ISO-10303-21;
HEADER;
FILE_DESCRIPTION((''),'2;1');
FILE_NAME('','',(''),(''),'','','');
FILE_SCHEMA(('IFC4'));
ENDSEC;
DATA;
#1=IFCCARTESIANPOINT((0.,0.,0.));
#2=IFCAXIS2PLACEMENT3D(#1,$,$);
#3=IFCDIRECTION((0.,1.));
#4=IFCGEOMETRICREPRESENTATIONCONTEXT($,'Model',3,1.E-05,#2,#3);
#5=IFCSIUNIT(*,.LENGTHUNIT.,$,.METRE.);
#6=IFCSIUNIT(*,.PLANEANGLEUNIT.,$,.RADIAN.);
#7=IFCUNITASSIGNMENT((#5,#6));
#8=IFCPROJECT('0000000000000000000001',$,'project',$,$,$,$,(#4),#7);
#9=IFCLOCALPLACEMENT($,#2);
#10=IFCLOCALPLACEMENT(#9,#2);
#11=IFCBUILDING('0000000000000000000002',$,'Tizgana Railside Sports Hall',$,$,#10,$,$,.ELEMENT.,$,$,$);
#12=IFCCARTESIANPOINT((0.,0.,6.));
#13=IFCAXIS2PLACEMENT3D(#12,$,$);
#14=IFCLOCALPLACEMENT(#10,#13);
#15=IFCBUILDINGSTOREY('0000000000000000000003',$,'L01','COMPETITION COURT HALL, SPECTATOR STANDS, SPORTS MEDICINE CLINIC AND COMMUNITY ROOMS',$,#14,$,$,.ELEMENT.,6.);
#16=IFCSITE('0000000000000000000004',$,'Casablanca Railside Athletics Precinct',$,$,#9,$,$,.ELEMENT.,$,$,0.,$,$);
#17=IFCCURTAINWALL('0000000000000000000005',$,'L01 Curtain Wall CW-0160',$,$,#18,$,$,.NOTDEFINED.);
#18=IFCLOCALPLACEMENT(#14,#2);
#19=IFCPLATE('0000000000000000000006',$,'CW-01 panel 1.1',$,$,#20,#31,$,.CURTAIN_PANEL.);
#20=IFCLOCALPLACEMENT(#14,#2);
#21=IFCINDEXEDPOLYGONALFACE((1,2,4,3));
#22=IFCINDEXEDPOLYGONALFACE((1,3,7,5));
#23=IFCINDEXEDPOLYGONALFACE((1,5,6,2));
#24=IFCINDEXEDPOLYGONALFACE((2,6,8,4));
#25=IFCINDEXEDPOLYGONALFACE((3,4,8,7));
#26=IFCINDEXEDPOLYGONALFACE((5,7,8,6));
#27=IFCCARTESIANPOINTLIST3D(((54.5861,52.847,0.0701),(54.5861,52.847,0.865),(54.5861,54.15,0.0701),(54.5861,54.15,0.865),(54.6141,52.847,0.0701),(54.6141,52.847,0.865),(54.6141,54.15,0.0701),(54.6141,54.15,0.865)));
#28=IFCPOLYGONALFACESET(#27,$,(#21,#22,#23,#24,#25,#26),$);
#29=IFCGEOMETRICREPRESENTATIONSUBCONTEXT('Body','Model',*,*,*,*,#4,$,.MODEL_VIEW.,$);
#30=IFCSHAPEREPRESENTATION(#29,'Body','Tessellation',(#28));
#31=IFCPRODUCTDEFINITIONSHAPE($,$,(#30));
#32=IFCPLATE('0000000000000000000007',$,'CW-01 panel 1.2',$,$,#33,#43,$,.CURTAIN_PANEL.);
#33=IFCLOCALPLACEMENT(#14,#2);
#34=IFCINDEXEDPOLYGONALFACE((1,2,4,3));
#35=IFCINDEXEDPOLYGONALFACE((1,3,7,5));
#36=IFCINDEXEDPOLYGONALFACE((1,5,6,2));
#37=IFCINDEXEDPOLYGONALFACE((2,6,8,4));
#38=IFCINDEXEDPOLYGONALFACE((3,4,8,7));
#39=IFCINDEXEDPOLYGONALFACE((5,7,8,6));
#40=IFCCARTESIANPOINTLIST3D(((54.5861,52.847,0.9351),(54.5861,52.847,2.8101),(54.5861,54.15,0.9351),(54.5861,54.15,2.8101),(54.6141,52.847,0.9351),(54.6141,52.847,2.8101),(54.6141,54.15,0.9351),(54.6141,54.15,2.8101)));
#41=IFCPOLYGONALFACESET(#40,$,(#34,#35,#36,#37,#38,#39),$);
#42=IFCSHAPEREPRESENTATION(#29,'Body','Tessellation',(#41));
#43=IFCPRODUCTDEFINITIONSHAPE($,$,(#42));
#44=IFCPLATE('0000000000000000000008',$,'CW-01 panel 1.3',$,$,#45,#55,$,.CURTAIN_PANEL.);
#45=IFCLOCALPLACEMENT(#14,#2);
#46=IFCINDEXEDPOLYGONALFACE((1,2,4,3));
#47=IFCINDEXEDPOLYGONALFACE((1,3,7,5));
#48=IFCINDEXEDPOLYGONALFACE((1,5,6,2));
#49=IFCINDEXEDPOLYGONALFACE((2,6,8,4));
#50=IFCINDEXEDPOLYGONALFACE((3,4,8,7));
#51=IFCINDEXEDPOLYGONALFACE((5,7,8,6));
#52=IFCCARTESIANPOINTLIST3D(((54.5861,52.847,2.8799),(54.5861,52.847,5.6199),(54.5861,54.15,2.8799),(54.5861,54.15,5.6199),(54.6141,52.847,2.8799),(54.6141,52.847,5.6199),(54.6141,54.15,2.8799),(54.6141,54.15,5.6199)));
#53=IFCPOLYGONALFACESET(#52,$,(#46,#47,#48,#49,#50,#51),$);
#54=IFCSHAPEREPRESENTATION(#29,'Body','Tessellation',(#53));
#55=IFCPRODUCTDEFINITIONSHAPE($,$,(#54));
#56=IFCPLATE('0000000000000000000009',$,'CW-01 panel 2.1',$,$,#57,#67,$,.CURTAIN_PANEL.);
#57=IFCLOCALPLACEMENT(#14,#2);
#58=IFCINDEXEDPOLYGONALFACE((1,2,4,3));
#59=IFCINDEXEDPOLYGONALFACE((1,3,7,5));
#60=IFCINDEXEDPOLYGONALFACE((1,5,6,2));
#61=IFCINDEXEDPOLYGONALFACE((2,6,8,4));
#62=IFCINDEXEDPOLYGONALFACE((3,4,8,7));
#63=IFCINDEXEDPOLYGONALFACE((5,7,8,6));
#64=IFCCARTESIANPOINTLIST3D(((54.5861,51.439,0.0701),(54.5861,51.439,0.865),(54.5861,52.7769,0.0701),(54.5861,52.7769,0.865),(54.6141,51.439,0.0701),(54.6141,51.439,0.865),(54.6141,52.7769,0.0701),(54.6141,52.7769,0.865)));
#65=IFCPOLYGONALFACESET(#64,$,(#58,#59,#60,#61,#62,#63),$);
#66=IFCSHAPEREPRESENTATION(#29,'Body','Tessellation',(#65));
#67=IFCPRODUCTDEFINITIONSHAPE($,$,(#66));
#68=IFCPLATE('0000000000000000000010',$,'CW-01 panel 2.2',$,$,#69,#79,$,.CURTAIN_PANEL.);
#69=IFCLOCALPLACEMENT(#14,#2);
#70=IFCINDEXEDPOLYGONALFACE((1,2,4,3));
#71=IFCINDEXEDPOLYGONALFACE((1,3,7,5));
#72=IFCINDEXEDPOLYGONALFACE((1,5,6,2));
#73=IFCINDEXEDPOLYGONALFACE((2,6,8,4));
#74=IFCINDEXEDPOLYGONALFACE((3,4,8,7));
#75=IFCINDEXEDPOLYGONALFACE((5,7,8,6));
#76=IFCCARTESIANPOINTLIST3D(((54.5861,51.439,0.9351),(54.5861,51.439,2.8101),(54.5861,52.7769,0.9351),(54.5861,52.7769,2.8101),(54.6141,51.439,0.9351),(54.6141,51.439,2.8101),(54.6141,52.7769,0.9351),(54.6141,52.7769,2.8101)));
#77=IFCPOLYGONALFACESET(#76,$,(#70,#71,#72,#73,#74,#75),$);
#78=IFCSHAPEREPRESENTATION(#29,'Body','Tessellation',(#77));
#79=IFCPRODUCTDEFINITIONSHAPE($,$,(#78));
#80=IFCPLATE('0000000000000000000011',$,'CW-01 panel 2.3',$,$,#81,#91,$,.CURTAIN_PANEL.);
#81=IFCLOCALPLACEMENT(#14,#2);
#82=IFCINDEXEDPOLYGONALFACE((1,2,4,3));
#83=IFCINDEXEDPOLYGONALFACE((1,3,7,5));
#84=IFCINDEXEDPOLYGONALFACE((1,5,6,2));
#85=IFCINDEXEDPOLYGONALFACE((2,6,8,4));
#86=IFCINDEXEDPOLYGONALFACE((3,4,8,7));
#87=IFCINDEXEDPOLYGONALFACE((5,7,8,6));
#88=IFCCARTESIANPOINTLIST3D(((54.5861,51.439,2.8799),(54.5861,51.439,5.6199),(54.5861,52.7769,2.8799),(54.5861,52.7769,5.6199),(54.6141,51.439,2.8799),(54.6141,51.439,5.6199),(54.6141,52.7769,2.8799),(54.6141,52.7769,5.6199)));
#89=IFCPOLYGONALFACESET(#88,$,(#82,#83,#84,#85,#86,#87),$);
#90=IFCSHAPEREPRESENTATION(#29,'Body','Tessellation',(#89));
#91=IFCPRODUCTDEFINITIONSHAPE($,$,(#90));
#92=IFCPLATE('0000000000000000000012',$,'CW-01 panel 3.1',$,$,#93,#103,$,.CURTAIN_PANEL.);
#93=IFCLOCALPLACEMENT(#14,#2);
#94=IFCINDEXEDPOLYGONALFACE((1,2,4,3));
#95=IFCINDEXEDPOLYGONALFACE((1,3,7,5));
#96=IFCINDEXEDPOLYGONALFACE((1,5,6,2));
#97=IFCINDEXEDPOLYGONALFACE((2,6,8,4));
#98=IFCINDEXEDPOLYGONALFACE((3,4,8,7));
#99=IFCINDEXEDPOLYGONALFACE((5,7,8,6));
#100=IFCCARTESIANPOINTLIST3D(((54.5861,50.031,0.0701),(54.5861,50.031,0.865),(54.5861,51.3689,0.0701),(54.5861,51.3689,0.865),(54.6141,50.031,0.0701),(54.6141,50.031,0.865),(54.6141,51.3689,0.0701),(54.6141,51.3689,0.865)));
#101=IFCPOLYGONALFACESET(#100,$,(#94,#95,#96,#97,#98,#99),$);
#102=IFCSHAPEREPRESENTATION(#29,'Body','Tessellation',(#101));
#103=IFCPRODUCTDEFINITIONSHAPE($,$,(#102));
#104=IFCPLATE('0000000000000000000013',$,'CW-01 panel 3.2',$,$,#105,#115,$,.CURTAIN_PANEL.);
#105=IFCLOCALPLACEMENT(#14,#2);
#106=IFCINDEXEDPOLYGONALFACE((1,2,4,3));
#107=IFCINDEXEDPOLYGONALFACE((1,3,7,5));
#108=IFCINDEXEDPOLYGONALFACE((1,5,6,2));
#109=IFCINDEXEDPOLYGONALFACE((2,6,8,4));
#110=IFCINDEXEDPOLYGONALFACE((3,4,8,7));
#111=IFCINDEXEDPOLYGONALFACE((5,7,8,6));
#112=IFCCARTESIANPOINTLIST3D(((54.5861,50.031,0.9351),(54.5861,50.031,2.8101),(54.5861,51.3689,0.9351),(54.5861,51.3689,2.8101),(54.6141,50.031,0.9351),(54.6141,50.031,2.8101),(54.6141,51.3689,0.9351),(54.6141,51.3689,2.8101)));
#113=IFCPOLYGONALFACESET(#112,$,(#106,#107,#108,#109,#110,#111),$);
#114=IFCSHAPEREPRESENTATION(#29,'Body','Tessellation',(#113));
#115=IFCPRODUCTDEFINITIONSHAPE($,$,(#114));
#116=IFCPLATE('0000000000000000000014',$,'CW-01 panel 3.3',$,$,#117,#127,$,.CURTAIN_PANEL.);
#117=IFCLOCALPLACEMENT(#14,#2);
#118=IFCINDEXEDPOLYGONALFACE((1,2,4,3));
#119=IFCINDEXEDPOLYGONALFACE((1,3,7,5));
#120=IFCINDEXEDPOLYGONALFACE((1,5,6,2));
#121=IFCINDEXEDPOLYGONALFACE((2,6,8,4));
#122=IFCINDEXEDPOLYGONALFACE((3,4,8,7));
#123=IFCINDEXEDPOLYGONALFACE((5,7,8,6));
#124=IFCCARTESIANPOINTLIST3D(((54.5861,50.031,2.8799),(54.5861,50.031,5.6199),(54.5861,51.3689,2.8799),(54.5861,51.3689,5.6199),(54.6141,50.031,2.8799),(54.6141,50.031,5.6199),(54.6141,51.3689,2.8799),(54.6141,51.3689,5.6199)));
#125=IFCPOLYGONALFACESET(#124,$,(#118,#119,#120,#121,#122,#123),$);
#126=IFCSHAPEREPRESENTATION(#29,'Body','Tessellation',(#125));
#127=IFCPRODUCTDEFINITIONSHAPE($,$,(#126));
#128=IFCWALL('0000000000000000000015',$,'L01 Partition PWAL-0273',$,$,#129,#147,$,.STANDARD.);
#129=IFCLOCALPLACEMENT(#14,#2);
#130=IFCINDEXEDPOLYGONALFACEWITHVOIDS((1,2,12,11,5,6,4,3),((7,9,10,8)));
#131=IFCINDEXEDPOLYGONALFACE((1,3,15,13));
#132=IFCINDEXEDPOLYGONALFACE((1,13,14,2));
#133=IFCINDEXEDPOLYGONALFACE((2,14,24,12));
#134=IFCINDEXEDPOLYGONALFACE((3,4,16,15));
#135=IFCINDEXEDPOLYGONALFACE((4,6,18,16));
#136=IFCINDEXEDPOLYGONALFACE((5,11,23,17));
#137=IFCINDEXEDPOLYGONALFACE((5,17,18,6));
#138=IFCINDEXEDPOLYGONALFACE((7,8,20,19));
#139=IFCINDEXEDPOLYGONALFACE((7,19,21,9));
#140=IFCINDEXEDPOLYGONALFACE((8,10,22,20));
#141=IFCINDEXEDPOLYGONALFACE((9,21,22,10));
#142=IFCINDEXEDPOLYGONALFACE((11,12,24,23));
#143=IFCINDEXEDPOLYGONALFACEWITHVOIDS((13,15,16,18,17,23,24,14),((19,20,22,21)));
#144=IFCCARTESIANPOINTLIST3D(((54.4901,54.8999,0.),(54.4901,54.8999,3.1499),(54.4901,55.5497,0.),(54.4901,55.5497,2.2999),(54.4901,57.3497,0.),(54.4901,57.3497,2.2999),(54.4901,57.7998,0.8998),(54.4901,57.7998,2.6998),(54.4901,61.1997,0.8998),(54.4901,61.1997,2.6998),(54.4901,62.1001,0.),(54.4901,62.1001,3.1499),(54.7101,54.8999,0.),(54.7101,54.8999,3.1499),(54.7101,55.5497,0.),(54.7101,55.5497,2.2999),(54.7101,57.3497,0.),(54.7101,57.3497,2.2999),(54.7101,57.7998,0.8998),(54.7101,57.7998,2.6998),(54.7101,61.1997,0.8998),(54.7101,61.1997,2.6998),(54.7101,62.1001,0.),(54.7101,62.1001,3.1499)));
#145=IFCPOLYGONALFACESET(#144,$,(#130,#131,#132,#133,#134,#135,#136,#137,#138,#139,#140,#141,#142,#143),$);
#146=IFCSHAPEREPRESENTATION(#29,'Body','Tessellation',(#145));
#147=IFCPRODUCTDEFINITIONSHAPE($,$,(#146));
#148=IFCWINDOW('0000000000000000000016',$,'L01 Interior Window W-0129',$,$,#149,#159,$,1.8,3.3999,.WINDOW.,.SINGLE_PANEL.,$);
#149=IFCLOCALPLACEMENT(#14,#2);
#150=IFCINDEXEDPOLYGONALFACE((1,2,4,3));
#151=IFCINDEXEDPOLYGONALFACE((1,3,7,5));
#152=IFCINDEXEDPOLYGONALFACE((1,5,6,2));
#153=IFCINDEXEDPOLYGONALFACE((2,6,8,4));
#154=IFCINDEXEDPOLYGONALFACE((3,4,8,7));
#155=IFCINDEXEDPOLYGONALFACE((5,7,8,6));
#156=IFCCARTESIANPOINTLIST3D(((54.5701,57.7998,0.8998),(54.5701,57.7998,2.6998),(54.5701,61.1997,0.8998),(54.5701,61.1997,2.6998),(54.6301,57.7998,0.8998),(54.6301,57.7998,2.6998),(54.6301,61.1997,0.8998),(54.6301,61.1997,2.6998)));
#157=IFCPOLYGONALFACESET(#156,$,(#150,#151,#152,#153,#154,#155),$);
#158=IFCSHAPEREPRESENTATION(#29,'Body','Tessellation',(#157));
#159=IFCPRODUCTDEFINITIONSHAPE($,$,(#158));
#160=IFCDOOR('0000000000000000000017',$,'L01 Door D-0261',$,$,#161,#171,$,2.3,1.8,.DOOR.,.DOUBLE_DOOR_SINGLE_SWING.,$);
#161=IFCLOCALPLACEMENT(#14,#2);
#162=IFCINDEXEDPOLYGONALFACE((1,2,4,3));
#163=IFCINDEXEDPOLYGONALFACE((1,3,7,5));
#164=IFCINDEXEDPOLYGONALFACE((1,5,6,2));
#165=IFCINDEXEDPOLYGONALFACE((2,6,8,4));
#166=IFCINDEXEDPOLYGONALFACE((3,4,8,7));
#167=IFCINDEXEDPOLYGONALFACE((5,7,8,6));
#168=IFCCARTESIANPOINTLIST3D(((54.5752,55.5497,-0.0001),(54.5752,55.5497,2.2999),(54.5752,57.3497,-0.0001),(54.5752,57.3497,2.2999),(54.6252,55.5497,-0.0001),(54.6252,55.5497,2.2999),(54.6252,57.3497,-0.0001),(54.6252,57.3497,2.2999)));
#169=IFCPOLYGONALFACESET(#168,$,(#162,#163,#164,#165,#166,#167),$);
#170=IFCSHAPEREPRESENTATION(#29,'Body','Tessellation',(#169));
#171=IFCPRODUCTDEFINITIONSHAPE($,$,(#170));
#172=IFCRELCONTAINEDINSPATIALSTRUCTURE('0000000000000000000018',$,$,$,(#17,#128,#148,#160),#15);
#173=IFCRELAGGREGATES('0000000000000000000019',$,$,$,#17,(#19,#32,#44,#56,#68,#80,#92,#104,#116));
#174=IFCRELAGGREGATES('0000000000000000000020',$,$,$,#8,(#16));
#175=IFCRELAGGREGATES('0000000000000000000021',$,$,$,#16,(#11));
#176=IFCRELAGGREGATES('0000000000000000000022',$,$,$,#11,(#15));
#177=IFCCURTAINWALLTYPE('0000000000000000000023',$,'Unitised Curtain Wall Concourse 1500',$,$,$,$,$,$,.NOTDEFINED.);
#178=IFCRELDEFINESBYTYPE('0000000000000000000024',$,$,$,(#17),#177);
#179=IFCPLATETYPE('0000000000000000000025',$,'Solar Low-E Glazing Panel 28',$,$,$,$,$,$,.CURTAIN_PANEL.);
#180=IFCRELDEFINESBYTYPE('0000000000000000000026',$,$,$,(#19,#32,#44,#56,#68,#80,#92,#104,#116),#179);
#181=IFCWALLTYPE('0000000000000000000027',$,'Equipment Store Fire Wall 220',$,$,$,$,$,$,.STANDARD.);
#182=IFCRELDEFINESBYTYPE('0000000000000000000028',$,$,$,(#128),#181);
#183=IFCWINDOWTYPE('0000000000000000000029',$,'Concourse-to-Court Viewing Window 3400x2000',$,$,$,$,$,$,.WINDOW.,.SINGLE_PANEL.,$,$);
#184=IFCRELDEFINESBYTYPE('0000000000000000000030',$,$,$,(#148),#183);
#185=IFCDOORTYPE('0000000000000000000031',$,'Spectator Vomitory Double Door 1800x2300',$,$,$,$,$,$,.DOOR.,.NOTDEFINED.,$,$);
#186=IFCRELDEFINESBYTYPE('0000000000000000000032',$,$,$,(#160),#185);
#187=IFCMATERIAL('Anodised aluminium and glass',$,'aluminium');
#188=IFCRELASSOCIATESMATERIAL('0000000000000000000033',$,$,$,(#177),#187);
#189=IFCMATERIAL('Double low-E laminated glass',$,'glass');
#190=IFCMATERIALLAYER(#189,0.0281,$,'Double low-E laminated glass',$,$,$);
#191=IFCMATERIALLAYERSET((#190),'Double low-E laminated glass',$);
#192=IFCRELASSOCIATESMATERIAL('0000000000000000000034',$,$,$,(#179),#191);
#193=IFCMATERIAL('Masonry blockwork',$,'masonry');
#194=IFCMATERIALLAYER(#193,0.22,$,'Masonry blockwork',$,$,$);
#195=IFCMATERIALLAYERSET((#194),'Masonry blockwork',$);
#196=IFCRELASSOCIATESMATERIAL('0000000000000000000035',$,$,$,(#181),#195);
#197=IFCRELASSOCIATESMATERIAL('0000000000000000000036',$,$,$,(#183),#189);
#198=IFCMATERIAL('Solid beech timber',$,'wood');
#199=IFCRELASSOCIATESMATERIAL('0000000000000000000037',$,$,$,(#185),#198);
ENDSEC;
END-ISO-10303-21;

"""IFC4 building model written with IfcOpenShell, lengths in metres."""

from ifc_helpers import new_model, si_unit, direction, frame, frame_2d, origin, origin_2d, place, context, subcontext, project, spatial, rectangle, extrude, material, layer, layer_set, type_object, element, fill, aggregate, save


model = new_model("IFC4")

# Units and contexts
model_context = context("Model", 3, precision=1e-05, world=origin(), true_north=direction((0.0, 1.0)))
body_context = subcontext(model_context, "Body", "Model", "MODEL_VIEW")
ifc_project = project(units=[si_unit("LENGTHUNIT", "METRE"), si_unit("PLANEANGLEUNIT", "RADIAN")], contexts=[model_context])

# Site, building, storey
site_placement = place(None, origin())
site = spatial("IfcSite", under=ifc_project, at=site_placement, Name="Casablanca Railside Athletics Precinct", CompositionType="ELEMENT", RefElevation=0.0)
building_placement = place(site_placement, origin())
building = spatial("IfcBuilding", under=site, at=building_placement, Name="Tizgana Railside Sports Hall", CompositionType="ELEMENT")
storey_placement = place(building_placement, frame((0.0, 0.0, 6.0)))
storey = spatial("IfcBuildingStorey", under=building, at=storey_placement, Name="L01", Description="COMPETITION COURT HALL, SPECTATOR STANDS, SPORTS MEDICINE CLINIC AND COMMUNITY ROOMS", CompositionType="ELEMENT", Elevation=6.0)

# Shared definitions
ifc_material_1 = material(Name="Anodised aluminium and glass", Category="aluminium")

# Curtain wall
curtain_wall_type_1 = type_object("IfcCurtainWallType", Name="Unitised Curtain Wall Concourse 1500", PredefinedType="NOTDEFINED", material=ifc_material_1)
curtain_wall_1_placement = place(storey_placement, origin())
curtain_wall_1 = element("IfcCurtainWall", 1, at=curtain_wall_1_placement, inside=storey, type_object=curtain_wall_type_1, Name="L01 Curtain Wall CW-0160", PredefinedType="NOTDEFINED")

# Plates
ifc_material_2 = material(Name="Double low-E laminated glass", Category="glass")
ifc_layer_1 = layer(ifc_material_2, 0.0281, Name="Double low-E laminated glass")
ifc_layer_set_1 = layer_set([ifc_layer_1], Name="Double low-E laminated glass")
plate_type_1 = type_object("IfcPlateType", Name="Solar Low-E Glazing Panel 28", PredefinedType="CURTAIN_PANEL", material=ifc_layer_set_1)
plate_1_placement = place(storey_placement, frame((54.6001, 53.4985, 0.0701), z_axis=(0.0, 0.0, 1.0), x_axis=(0.0, -1.0, 0.0)))
plate_1 = element("IfcPlate", 2, at=plate_1_placement, type_object=plate_type_1, Name="CW-01 panel 1.1", PredefinedType="CURTAIN_PANEL", context=body_context, shape_type="SweptSolid", body=[
    extrude(rectangle(XDim=1.303, YDim=0.0281, at=origin_2d()), origin(), (0.0, 0.0, 1.0), 0.7949),
])
plate_2_placement = place(storey_placement, frame((54.6001, 53.4985, 0.9351), z_axis=(0.0, 0.0, 1.0), x_axis=(0.0, -1.0, 0.0)))
plate_2 = element("IfcPlate", 3, at=plate_2_placement, type_object=plate_type_1, Name="CW-01 panel 1.2", PredefinedType="CURTAIN_PANEL", context=body_context, shape_type="SweptSolid", body=[
    extrude(rectangle(XDim=1.303, YDim=0.0281, at=origin_2d()), origin(), (0.0, 0.0, 1.0), 1.875),
])
plate_3_placement = place(storey_placement, frame((54.6001, 53.4985, 2.8799), z_axis=(0.0, 0.0, 1.0), x_axis=(0.0, -1.0, 0.0)))
plate_3 = element("IfcPlate", 4, at=plate_3_placement, type_object=plate_type_1, Name="CW-01 panel 1.3", PredefinedType="CURTAIN_PANEL", context=body_context, shape_type="SweptSolid", body=[
    extrude(rectangle(XDim=1.303, YDim=0.0281, at=origin_2d()), origin(), (0.0, 0.0, 1.0), 2.74),
])
plate_4_placement = place(storey_placement, frame((54.6001, 52.1079, 0.0701), z_axis=(0.0, 0.0, 1.0), x_axis=(0.0, -1.0, 0.0)))
plate_4 = element("IfcPlate", 5, at=plate_4_placement, type_object=plate_type_1, Name="CW-01 panel 2.1", PredefinedType="CURTAIN_PANEL", context=body_context, shape_type="SweptSolid", body=[
    extrude(rectangle(XDim=1.3379, YDim=0.0281, at=origin_2d()), origin(), (0.0, 0.0, 1.0), 0.7949),
])
plate_5_placement = place(storey_placement, frame((54.6001, 52.1079, 0.9351), z_axis=(0.0, 0.0, 1.0), x_axis=(0.0, -1.0, 0.0)))
plate_5 = element("IfcPlate", 6, at=plate_5_placement, type_object=plate_type_1, Name="CW-01 panel 2.2", PredefinedType="CURTAIN_PANEL", context=body_context, shape_type="SweptSolid", body=[
    extrude(rectangle(XDim=1.3379, YDim=0.0281, at=origin_2d()), origin(), (0.0, 0.0, 1.0), 1.875),
])
plate_6_placement = place(storey_placement, frame((54.6001, 52.1079, 2.8799), z_axis=(0.0, 0.0, 1.0), x_axis=(0.0, -1.0, 0.0)))
plate_6 = element("IfcPlate", 7, at=plate_6_placement, type_object=plate_type_1, Name="CW-01 panel 2.3", PredefinedType="CURTAIN_PANEL", context=body_context, shape_type="SweptSolid", body=[
    extrude(rectangle(XDim=1.3379, YDim=0.0281, at=origin_2d()), origin(), (0.0, 0.0, 1.0), 2.74),
])
plate_7_placement = place(storey_placement, frame((54.6001, 50.7, 0.0701), z_axis=(0.0, 0.0, 1.0), x_axis=(0.0, -1.0, 0.0)))
plate_7 = element("IfcPlate", 8, at=plate_7_placement, type_object=plate_type_1, Name="CW-01 panel 3.1", PredefinedType="CURTAIN_PANEL", context=body_context, shape_type="SweptSolid", body=[
    extrude(rectangle(XDim=1.3379, YDim=0.0281, at=origin_2d()), origin(), (0.0, 0.0, 1.0), 0.7949),
])
plate_8_placement = place(storey_placement, frame((54.6001, 50.7, 0.9351), z_axis=(0.0, 0.0, 1.0), x_axis=(0.0, -1.0, 0.0)))
plate_8 = element("IfcPlate", 9, at=plate_8_placement, type_object=plate_type_1, Name="CW-01 panel 3.2", PredefinedType="CURTAIN_PANEL", context=body_context, shape_type="SweptSolid", body=[
    extrude(rectangle(XDim=1.3379, YDim=0.0281, at=origin_2d()), origin(), (0.0, 0.0, 1.0), 1.875),
])
plate_9_placement = place(storey_placement, frame((54.6001, 50.7, 2.8799), z_axis=(0.0, 0.0, 1.0), x_axis=(0.0, -1.0, 0.0)))
plate_9 = element("IfcPlate", 10, at=plate_9_placement, type_object=plate_type_1, Name="CW-01 panel 3.3", PredefinedType="CURTAIN_PANEL", context=body_context, shape_type="SweptSolid", body=[
    extrude(rectangle(XDim=1.3379, YDim=0.0281, at=origin_2d()), origin(), (0.0, 0.0, 1.0), 2.74),
])
aggregate(curtain_wall_1, [plate_1, plate_2, plate_3, plate_4, plate_5, plate_6, plate_7, plate_8, plate_9])

# Wall, openings, window, door
ifc_material_3 = material(Name="Masonry blockwork", Category="masonry")
ifc_layer_2 = layer(ifc_material_3, 0.22, Name="Masonry blockwork")
ifc_layer_set_2 = layer_set([ifc_layer_2], Name="Masonry blockwork")
wall_type = type_object("IfcWallType", Name="Equipment Store Fire Wall 220", PredefinedType="STANDARD", material=ifc_layer_set_2)
wall_placement = place(storey_placement, frame((54.6001, 54.8999, 0.0), z_axis=(0.0, 0.0, 1.0), x_axis=(0.0, 1.0, 0.0)))
wall = element("IfcWall", 11, at=wall_placement, inside=storey, type_object=wall_type, Name="L01 Partition PWAL-0273", PredefinedType="STANDARD", context=body_context, shape_type="SweptSolid", body=[
    extrude(rectangle(XDim=7.2002, YDim=0.22, at=frame_2d((3.6001, 0.0))), origin(), (0.0, 0.0, 1.0), 3.1499),
])
opening_1_placement = place(wall_placement, frame((0.6499, 0.0, 0.0)))
opening_1 = element("IfcOpeningElement", 12, at=opening_1_placement, cuts=wall, PredefinedType="OPENING", context=body_context, shape_type="SweptSolid", body=[
    extrude(rectangle(XDim=1.8, YDim=2.3, at=frame_2d((0.8999, 1.1499))), frame((0.0, 0.1199, 0.0), z_axis=(0.0, -1.0, 0.0), x_axis=(1.0, 0.0, 0.0)), (0.0, 0.0, 1.0), 0.24),
])
opening_2_placement = place(wall_placement, frame((2.8999, 0.0, 0.8999)))
opening_2 = element("IfcOpeningElement", 13, at=opening_2_placement, cuts=wall, PredefinedType="OPENING", context=body_context, shape_type="SweptSolid", body=[
    extrude(rectangle(XDim=3.3999, YDim=1.8, at=frame_2d((1.7, 0.8999))), frame((0.0, 0.1199, 0.0), z_axis=(0.0, -1.0, 0.0), x_axis=(1.0, 0.0, 0.0)), (0.0, 0.0, 1.0), 0.24),
])
window_type = type_object("IfcWindowType", Name="Concourse-to-Court Viewing Window 3400x2000", PartitioningType="SINGLE_PANEL", PredefinedType="WINDOW", material=ifc_material_2)
window_placement = place(opening_2_placement, origin())
window = element("IfcWindow", 14, at=window_placement, inside=storey, type_object=window_type, Name="L01 Interior Window W-0129", OverallHeight=1.8, OverallWidth=3.3999, PartitioningType="SINGLE_PANEL", PredefinedType="WINDOW", context=body_context, shape_type="SweptSolid", body=[
    extrude(rectangle(XDim=3.3999, YDim=1.8, at=frame_2d((1.7, 0.8999))), frame((0.0, 0.03, 0.0), z_axis=(0.0, -1.0, 0.0), x_axis=(1.0, 0.0, 0.0)), (0.0, 0.0, 1.0), 0.0601),
])
fill(opening_2, window)
ifc_material_4 = material(Name="Solid beech timber", Category="wood")
door_type = type_object("IfcDoorType", Name="Spectator Vomitory Double Door 1800x2300", OperationType="NOTDEFINED", PredefinedType="DOOR", material=ifc_material_4)
door_placement = place(opening_1_placement, origin())
door = element("IfcDoor", 15, at=door_placement, inside=storey, type_object=door_type, Name="L01 Door D-0261", OperationType="DOUBLE_DOOR_SINGLE_SWING", OverallHeight=2.3, OverallWidth=1.8, PredefinedType="DOOR", context=body_context, shape_type="SweptSolid", body=[
    extrude(rectangle(XDim=1.8, YDim=2.3, at=frame_2d((0.8999, 1.1499))), frame((0.0, 0.0249, 0.0), z_axis=(0.0, -1.0, 0.0), x_axis=(1.0, 0.0, 0.0)), (0.0, 0.0, 1.0), 0.05),
])
fill(opening_1, door)

save(model, "model.ifc")
